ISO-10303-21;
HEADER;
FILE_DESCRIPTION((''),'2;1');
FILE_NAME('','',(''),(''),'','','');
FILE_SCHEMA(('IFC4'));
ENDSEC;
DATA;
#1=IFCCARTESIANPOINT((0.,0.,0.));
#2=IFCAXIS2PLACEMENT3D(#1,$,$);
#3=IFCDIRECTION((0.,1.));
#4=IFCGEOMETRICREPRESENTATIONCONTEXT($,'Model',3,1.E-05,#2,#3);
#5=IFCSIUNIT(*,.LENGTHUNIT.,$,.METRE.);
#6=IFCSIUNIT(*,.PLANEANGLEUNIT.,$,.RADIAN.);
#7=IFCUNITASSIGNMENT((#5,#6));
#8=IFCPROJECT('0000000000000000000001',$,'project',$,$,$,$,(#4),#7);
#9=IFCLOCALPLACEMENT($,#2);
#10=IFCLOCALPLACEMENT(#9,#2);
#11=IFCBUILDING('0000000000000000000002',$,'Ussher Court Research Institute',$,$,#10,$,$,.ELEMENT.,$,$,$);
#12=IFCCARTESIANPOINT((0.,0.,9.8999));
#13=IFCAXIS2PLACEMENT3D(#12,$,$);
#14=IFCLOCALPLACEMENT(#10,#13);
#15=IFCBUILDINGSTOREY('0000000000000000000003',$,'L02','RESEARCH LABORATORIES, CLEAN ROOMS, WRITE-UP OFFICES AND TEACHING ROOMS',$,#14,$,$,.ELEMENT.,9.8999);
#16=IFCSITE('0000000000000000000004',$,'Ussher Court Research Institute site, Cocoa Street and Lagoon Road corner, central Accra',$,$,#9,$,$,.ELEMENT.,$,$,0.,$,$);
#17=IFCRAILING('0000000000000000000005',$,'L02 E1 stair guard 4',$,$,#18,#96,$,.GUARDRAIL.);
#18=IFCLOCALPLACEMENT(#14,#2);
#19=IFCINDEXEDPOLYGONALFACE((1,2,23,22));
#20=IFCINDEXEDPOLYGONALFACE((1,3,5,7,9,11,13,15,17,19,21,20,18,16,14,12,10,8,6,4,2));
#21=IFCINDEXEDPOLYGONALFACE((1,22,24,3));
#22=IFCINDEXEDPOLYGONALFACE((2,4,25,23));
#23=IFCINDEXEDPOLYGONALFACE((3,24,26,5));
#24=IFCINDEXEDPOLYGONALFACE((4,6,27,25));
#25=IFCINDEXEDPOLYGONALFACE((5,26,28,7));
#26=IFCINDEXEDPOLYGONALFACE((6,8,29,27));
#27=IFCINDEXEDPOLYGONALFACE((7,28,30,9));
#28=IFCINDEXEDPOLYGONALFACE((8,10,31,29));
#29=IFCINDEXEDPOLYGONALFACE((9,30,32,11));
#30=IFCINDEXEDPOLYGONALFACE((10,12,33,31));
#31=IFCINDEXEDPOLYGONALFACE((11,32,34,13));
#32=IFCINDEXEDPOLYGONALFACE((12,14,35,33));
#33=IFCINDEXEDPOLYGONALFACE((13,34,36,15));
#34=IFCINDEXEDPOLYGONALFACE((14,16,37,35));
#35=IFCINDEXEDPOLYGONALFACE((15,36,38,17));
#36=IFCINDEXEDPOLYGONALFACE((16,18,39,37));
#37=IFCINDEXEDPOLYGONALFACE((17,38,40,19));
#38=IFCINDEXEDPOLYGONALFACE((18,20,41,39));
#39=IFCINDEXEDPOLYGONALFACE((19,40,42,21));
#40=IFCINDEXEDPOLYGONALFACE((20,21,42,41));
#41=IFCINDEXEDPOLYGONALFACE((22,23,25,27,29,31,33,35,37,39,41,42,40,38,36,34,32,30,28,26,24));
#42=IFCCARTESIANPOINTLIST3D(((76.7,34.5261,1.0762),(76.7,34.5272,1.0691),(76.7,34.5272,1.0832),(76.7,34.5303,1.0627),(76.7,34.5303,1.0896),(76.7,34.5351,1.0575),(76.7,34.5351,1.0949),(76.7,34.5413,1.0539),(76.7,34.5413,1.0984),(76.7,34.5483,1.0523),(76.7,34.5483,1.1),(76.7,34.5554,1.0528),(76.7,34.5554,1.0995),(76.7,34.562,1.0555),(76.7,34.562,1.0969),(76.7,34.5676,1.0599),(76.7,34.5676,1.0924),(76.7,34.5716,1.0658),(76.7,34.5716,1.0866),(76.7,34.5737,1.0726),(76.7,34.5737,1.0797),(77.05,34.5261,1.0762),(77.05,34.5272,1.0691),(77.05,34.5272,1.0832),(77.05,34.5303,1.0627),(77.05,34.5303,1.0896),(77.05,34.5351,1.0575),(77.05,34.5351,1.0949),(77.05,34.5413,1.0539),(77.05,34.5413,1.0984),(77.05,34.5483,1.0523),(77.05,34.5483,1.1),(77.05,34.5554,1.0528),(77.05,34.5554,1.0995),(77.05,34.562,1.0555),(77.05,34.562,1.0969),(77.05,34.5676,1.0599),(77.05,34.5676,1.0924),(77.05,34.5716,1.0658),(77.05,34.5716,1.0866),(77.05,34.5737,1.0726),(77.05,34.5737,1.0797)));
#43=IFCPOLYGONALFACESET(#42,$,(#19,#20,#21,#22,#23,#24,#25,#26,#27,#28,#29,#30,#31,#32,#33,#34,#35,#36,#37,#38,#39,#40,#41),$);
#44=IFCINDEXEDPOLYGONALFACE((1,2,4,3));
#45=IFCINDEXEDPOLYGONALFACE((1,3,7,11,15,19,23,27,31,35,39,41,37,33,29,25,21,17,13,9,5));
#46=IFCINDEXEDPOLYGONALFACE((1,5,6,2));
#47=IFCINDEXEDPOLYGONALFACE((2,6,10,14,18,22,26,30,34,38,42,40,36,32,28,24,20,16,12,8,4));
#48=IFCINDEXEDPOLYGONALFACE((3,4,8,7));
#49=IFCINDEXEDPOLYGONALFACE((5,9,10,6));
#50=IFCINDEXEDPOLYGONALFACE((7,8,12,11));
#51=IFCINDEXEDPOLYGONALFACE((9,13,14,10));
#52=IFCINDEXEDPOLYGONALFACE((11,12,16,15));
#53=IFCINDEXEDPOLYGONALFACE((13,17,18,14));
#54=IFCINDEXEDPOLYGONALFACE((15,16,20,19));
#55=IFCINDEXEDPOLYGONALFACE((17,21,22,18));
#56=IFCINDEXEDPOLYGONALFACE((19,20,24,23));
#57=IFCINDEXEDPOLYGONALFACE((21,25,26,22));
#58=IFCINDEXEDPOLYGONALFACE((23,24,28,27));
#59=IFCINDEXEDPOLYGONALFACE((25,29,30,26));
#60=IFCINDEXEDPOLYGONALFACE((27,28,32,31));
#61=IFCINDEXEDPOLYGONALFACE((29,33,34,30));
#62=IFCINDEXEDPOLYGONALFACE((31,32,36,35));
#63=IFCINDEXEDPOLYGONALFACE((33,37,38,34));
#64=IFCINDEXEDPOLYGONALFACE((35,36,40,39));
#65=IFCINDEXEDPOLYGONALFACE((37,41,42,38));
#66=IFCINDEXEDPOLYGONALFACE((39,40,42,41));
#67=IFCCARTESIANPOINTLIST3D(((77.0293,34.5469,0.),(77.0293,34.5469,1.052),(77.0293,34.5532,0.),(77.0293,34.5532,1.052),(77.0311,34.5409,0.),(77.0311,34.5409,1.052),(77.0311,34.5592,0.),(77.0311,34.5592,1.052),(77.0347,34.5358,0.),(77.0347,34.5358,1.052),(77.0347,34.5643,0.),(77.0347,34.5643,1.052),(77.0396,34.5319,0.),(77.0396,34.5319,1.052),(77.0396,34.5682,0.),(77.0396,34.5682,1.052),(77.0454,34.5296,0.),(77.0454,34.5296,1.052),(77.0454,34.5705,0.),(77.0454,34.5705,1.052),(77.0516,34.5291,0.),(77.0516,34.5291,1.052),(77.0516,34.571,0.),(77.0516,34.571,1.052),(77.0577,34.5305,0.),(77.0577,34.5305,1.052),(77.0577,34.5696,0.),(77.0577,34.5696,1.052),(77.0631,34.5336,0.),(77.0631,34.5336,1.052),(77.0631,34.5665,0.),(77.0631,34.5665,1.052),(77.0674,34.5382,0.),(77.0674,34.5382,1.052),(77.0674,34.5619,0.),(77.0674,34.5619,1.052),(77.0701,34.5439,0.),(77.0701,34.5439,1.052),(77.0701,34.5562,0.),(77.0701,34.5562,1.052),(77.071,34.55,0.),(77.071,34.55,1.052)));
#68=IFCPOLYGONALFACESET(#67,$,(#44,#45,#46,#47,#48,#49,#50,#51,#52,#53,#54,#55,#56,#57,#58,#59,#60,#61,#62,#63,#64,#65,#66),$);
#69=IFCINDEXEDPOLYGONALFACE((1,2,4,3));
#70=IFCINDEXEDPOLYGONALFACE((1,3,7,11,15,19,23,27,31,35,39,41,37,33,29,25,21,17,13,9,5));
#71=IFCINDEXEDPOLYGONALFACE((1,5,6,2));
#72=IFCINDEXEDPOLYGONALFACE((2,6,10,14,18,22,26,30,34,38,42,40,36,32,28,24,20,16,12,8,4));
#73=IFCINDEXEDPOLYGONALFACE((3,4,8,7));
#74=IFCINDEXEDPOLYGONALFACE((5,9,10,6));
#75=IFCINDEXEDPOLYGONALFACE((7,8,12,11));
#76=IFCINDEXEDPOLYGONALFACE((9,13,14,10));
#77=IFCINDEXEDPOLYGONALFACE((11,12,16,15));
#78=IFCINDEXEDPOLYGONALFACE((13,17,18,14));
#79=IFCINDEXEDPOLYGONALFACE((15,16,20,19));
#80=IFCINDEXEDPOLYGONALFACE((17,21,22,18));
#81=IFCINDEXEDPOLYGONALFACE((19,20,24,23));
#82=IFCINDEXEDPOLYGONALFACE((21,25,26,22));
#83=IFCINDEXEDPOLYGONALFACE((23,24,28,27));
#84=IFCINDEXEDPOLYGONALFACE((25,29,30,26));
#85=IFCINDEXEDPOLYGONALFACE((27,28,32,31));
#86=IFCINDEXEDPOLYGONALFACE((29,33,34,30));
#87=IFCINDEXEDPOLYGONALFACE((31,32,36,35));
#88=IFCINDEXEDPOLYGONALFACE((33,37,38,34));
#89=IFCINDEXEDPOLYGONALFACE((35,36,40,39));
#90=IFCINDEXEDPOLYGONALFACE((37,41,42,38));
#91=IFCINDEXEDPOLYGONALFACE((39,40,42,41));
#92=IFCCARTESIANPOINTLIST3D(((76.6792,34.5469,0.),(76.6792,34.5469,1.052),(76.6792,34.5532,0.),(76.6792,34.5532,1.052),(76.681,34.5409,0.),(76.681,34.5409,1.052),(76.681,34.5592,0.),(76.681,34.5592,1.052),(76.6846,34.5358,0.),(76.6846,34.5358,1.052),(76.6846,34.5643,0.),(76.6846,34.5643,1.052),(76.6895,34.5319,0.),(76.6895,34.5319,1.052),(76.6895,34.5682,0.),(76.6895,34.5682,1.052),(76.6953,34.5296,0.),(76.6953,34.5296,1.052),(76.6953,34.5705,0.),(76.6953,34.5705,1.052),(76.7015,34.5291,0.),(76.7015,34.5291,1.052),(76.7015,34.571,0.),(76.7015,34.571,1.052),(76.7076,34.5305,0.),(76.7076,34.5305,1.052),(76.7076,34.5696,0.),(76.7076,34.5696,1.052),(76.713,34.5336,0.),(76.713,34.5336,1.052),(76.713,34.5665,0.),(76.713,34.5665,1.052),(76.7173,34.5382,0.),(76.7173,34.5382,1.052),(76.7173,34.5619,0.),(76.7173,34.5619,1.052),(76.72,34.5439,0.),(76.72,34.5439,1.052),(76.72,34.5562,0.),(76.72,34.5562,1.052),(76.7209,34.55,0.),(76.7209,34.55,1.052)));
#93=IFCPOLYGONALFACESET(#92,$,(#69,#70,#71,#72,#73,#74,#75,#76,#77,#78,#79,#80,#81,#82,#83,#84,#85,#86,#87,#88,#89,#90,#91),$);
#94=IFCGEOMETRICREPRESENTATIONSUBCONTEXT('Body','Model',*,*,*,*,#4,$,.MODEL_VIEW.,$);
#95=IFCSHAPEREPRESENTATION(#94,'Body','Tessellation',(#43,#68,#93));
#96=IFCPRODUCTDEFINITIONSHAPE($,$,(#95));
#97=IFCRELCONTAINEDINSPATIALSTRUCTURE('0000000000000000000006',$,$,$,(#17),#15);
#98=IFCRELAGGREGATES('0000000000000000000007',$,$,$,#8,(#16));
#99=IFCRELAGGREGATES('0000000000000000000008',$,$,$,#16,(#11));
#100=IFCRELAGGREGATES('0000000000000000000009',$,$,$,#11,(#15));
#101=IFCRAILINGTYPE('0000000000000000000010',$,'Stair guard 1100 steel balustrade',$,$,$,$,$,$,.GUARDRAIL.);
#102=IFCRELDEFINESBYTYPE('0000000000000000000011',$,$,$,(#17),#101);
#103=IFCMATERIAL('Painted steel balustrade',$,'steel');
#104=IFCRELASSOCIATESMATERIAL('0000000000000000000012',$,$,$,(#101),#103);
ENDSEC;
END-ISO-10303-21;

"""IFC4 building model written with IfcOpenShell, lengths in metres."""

from ifc_helpers import new_model, si_unit, direction, frame, origin, origin_2d, place, context, subcontext, project, spatial, circle, extrude, material, type_object, element, save


model = new_model("IFC4")

# Units and contexts
model_context = context("Model", 3, precision=1e-05, world=origin(), true_north=direction((0.0, 1.0)))
body_context = subcontext(model_context, "Body", "Model", "MODEL_VIEW")
ifc_project = project(units=[si_unit("LENGTHUNIT", "METRE"), si_unit("PLANEANGLEUNIT", "RADIAN")], contexts=[model_context])

# Site, building, storey
site_placement = place(None, origin())
site = spatial("IfcSite", under=ifc_project, at=site_placement, Name="Ussher Court Research Institute site, Cocoa Street and Lagoon Road corner, central Accra", CompositionType="ELEMENT", RefElevation=0.0)
building_placement = place(site_placement, origin())
building = spatial("IfcBuilding", under=site, at=building_placement, Name="Ussher Court Research Institute", CompositionType="ELEMENT")
storey_placement = place(building_placement, frame((0.0, 0.0, 9.8999)))
storey = spatial("IfcBuildingStorey", under=building, at=storey_placement, Name="L02", Description="RESEARCH LABORATORIES, CLEAN ROOMS, WRITE-UP OFFICES AND TEACHING ROOMS", CompositionType="ELEMENT", Elevation=9.8999)

# Railing
ifc_material_1 = material(Name="Painted steel balustrade", Category="steel")
railing_type_1 = type_object("IfcRailingType", Name="Stair guard 1100 steel balustrade", PredefinedType="GUARDRAIL", material=ifc_material_1)
railing_1_placement = place(storey_placement, frame((77.05, 34.55, 0.0)))
element("IfcRailing", 1, at=railing_1_placement, inside=storey, type_object=railing_type_1, Name="L02 E1 stair guard 4", PredefinedType="GUARDRAIL", context=body_context, shape_type="SweptSolid", body=[
    extrude(circle(Radius=0.0239, at=origin_2d()), frame((0.0, 0.0, 1.0762), z_axis=(-1.0, 0.0, 0.0), x_axis=(0.0, -1.0, 0.0)), (0.0, 0.0, 1.0), 0.3501),
    extrude(circle(Radius=0.021, at=origin_2d()), origin(), (0.0, 0.0, 1.0), 1.052),
    extrude(circle(Radius=0.021, at=origin_2d()), frame((-0.3501, 0.0, 0.0)), (0.0, 0.0, 1.0), 1.052),
])

save(model, "model.ifc")
